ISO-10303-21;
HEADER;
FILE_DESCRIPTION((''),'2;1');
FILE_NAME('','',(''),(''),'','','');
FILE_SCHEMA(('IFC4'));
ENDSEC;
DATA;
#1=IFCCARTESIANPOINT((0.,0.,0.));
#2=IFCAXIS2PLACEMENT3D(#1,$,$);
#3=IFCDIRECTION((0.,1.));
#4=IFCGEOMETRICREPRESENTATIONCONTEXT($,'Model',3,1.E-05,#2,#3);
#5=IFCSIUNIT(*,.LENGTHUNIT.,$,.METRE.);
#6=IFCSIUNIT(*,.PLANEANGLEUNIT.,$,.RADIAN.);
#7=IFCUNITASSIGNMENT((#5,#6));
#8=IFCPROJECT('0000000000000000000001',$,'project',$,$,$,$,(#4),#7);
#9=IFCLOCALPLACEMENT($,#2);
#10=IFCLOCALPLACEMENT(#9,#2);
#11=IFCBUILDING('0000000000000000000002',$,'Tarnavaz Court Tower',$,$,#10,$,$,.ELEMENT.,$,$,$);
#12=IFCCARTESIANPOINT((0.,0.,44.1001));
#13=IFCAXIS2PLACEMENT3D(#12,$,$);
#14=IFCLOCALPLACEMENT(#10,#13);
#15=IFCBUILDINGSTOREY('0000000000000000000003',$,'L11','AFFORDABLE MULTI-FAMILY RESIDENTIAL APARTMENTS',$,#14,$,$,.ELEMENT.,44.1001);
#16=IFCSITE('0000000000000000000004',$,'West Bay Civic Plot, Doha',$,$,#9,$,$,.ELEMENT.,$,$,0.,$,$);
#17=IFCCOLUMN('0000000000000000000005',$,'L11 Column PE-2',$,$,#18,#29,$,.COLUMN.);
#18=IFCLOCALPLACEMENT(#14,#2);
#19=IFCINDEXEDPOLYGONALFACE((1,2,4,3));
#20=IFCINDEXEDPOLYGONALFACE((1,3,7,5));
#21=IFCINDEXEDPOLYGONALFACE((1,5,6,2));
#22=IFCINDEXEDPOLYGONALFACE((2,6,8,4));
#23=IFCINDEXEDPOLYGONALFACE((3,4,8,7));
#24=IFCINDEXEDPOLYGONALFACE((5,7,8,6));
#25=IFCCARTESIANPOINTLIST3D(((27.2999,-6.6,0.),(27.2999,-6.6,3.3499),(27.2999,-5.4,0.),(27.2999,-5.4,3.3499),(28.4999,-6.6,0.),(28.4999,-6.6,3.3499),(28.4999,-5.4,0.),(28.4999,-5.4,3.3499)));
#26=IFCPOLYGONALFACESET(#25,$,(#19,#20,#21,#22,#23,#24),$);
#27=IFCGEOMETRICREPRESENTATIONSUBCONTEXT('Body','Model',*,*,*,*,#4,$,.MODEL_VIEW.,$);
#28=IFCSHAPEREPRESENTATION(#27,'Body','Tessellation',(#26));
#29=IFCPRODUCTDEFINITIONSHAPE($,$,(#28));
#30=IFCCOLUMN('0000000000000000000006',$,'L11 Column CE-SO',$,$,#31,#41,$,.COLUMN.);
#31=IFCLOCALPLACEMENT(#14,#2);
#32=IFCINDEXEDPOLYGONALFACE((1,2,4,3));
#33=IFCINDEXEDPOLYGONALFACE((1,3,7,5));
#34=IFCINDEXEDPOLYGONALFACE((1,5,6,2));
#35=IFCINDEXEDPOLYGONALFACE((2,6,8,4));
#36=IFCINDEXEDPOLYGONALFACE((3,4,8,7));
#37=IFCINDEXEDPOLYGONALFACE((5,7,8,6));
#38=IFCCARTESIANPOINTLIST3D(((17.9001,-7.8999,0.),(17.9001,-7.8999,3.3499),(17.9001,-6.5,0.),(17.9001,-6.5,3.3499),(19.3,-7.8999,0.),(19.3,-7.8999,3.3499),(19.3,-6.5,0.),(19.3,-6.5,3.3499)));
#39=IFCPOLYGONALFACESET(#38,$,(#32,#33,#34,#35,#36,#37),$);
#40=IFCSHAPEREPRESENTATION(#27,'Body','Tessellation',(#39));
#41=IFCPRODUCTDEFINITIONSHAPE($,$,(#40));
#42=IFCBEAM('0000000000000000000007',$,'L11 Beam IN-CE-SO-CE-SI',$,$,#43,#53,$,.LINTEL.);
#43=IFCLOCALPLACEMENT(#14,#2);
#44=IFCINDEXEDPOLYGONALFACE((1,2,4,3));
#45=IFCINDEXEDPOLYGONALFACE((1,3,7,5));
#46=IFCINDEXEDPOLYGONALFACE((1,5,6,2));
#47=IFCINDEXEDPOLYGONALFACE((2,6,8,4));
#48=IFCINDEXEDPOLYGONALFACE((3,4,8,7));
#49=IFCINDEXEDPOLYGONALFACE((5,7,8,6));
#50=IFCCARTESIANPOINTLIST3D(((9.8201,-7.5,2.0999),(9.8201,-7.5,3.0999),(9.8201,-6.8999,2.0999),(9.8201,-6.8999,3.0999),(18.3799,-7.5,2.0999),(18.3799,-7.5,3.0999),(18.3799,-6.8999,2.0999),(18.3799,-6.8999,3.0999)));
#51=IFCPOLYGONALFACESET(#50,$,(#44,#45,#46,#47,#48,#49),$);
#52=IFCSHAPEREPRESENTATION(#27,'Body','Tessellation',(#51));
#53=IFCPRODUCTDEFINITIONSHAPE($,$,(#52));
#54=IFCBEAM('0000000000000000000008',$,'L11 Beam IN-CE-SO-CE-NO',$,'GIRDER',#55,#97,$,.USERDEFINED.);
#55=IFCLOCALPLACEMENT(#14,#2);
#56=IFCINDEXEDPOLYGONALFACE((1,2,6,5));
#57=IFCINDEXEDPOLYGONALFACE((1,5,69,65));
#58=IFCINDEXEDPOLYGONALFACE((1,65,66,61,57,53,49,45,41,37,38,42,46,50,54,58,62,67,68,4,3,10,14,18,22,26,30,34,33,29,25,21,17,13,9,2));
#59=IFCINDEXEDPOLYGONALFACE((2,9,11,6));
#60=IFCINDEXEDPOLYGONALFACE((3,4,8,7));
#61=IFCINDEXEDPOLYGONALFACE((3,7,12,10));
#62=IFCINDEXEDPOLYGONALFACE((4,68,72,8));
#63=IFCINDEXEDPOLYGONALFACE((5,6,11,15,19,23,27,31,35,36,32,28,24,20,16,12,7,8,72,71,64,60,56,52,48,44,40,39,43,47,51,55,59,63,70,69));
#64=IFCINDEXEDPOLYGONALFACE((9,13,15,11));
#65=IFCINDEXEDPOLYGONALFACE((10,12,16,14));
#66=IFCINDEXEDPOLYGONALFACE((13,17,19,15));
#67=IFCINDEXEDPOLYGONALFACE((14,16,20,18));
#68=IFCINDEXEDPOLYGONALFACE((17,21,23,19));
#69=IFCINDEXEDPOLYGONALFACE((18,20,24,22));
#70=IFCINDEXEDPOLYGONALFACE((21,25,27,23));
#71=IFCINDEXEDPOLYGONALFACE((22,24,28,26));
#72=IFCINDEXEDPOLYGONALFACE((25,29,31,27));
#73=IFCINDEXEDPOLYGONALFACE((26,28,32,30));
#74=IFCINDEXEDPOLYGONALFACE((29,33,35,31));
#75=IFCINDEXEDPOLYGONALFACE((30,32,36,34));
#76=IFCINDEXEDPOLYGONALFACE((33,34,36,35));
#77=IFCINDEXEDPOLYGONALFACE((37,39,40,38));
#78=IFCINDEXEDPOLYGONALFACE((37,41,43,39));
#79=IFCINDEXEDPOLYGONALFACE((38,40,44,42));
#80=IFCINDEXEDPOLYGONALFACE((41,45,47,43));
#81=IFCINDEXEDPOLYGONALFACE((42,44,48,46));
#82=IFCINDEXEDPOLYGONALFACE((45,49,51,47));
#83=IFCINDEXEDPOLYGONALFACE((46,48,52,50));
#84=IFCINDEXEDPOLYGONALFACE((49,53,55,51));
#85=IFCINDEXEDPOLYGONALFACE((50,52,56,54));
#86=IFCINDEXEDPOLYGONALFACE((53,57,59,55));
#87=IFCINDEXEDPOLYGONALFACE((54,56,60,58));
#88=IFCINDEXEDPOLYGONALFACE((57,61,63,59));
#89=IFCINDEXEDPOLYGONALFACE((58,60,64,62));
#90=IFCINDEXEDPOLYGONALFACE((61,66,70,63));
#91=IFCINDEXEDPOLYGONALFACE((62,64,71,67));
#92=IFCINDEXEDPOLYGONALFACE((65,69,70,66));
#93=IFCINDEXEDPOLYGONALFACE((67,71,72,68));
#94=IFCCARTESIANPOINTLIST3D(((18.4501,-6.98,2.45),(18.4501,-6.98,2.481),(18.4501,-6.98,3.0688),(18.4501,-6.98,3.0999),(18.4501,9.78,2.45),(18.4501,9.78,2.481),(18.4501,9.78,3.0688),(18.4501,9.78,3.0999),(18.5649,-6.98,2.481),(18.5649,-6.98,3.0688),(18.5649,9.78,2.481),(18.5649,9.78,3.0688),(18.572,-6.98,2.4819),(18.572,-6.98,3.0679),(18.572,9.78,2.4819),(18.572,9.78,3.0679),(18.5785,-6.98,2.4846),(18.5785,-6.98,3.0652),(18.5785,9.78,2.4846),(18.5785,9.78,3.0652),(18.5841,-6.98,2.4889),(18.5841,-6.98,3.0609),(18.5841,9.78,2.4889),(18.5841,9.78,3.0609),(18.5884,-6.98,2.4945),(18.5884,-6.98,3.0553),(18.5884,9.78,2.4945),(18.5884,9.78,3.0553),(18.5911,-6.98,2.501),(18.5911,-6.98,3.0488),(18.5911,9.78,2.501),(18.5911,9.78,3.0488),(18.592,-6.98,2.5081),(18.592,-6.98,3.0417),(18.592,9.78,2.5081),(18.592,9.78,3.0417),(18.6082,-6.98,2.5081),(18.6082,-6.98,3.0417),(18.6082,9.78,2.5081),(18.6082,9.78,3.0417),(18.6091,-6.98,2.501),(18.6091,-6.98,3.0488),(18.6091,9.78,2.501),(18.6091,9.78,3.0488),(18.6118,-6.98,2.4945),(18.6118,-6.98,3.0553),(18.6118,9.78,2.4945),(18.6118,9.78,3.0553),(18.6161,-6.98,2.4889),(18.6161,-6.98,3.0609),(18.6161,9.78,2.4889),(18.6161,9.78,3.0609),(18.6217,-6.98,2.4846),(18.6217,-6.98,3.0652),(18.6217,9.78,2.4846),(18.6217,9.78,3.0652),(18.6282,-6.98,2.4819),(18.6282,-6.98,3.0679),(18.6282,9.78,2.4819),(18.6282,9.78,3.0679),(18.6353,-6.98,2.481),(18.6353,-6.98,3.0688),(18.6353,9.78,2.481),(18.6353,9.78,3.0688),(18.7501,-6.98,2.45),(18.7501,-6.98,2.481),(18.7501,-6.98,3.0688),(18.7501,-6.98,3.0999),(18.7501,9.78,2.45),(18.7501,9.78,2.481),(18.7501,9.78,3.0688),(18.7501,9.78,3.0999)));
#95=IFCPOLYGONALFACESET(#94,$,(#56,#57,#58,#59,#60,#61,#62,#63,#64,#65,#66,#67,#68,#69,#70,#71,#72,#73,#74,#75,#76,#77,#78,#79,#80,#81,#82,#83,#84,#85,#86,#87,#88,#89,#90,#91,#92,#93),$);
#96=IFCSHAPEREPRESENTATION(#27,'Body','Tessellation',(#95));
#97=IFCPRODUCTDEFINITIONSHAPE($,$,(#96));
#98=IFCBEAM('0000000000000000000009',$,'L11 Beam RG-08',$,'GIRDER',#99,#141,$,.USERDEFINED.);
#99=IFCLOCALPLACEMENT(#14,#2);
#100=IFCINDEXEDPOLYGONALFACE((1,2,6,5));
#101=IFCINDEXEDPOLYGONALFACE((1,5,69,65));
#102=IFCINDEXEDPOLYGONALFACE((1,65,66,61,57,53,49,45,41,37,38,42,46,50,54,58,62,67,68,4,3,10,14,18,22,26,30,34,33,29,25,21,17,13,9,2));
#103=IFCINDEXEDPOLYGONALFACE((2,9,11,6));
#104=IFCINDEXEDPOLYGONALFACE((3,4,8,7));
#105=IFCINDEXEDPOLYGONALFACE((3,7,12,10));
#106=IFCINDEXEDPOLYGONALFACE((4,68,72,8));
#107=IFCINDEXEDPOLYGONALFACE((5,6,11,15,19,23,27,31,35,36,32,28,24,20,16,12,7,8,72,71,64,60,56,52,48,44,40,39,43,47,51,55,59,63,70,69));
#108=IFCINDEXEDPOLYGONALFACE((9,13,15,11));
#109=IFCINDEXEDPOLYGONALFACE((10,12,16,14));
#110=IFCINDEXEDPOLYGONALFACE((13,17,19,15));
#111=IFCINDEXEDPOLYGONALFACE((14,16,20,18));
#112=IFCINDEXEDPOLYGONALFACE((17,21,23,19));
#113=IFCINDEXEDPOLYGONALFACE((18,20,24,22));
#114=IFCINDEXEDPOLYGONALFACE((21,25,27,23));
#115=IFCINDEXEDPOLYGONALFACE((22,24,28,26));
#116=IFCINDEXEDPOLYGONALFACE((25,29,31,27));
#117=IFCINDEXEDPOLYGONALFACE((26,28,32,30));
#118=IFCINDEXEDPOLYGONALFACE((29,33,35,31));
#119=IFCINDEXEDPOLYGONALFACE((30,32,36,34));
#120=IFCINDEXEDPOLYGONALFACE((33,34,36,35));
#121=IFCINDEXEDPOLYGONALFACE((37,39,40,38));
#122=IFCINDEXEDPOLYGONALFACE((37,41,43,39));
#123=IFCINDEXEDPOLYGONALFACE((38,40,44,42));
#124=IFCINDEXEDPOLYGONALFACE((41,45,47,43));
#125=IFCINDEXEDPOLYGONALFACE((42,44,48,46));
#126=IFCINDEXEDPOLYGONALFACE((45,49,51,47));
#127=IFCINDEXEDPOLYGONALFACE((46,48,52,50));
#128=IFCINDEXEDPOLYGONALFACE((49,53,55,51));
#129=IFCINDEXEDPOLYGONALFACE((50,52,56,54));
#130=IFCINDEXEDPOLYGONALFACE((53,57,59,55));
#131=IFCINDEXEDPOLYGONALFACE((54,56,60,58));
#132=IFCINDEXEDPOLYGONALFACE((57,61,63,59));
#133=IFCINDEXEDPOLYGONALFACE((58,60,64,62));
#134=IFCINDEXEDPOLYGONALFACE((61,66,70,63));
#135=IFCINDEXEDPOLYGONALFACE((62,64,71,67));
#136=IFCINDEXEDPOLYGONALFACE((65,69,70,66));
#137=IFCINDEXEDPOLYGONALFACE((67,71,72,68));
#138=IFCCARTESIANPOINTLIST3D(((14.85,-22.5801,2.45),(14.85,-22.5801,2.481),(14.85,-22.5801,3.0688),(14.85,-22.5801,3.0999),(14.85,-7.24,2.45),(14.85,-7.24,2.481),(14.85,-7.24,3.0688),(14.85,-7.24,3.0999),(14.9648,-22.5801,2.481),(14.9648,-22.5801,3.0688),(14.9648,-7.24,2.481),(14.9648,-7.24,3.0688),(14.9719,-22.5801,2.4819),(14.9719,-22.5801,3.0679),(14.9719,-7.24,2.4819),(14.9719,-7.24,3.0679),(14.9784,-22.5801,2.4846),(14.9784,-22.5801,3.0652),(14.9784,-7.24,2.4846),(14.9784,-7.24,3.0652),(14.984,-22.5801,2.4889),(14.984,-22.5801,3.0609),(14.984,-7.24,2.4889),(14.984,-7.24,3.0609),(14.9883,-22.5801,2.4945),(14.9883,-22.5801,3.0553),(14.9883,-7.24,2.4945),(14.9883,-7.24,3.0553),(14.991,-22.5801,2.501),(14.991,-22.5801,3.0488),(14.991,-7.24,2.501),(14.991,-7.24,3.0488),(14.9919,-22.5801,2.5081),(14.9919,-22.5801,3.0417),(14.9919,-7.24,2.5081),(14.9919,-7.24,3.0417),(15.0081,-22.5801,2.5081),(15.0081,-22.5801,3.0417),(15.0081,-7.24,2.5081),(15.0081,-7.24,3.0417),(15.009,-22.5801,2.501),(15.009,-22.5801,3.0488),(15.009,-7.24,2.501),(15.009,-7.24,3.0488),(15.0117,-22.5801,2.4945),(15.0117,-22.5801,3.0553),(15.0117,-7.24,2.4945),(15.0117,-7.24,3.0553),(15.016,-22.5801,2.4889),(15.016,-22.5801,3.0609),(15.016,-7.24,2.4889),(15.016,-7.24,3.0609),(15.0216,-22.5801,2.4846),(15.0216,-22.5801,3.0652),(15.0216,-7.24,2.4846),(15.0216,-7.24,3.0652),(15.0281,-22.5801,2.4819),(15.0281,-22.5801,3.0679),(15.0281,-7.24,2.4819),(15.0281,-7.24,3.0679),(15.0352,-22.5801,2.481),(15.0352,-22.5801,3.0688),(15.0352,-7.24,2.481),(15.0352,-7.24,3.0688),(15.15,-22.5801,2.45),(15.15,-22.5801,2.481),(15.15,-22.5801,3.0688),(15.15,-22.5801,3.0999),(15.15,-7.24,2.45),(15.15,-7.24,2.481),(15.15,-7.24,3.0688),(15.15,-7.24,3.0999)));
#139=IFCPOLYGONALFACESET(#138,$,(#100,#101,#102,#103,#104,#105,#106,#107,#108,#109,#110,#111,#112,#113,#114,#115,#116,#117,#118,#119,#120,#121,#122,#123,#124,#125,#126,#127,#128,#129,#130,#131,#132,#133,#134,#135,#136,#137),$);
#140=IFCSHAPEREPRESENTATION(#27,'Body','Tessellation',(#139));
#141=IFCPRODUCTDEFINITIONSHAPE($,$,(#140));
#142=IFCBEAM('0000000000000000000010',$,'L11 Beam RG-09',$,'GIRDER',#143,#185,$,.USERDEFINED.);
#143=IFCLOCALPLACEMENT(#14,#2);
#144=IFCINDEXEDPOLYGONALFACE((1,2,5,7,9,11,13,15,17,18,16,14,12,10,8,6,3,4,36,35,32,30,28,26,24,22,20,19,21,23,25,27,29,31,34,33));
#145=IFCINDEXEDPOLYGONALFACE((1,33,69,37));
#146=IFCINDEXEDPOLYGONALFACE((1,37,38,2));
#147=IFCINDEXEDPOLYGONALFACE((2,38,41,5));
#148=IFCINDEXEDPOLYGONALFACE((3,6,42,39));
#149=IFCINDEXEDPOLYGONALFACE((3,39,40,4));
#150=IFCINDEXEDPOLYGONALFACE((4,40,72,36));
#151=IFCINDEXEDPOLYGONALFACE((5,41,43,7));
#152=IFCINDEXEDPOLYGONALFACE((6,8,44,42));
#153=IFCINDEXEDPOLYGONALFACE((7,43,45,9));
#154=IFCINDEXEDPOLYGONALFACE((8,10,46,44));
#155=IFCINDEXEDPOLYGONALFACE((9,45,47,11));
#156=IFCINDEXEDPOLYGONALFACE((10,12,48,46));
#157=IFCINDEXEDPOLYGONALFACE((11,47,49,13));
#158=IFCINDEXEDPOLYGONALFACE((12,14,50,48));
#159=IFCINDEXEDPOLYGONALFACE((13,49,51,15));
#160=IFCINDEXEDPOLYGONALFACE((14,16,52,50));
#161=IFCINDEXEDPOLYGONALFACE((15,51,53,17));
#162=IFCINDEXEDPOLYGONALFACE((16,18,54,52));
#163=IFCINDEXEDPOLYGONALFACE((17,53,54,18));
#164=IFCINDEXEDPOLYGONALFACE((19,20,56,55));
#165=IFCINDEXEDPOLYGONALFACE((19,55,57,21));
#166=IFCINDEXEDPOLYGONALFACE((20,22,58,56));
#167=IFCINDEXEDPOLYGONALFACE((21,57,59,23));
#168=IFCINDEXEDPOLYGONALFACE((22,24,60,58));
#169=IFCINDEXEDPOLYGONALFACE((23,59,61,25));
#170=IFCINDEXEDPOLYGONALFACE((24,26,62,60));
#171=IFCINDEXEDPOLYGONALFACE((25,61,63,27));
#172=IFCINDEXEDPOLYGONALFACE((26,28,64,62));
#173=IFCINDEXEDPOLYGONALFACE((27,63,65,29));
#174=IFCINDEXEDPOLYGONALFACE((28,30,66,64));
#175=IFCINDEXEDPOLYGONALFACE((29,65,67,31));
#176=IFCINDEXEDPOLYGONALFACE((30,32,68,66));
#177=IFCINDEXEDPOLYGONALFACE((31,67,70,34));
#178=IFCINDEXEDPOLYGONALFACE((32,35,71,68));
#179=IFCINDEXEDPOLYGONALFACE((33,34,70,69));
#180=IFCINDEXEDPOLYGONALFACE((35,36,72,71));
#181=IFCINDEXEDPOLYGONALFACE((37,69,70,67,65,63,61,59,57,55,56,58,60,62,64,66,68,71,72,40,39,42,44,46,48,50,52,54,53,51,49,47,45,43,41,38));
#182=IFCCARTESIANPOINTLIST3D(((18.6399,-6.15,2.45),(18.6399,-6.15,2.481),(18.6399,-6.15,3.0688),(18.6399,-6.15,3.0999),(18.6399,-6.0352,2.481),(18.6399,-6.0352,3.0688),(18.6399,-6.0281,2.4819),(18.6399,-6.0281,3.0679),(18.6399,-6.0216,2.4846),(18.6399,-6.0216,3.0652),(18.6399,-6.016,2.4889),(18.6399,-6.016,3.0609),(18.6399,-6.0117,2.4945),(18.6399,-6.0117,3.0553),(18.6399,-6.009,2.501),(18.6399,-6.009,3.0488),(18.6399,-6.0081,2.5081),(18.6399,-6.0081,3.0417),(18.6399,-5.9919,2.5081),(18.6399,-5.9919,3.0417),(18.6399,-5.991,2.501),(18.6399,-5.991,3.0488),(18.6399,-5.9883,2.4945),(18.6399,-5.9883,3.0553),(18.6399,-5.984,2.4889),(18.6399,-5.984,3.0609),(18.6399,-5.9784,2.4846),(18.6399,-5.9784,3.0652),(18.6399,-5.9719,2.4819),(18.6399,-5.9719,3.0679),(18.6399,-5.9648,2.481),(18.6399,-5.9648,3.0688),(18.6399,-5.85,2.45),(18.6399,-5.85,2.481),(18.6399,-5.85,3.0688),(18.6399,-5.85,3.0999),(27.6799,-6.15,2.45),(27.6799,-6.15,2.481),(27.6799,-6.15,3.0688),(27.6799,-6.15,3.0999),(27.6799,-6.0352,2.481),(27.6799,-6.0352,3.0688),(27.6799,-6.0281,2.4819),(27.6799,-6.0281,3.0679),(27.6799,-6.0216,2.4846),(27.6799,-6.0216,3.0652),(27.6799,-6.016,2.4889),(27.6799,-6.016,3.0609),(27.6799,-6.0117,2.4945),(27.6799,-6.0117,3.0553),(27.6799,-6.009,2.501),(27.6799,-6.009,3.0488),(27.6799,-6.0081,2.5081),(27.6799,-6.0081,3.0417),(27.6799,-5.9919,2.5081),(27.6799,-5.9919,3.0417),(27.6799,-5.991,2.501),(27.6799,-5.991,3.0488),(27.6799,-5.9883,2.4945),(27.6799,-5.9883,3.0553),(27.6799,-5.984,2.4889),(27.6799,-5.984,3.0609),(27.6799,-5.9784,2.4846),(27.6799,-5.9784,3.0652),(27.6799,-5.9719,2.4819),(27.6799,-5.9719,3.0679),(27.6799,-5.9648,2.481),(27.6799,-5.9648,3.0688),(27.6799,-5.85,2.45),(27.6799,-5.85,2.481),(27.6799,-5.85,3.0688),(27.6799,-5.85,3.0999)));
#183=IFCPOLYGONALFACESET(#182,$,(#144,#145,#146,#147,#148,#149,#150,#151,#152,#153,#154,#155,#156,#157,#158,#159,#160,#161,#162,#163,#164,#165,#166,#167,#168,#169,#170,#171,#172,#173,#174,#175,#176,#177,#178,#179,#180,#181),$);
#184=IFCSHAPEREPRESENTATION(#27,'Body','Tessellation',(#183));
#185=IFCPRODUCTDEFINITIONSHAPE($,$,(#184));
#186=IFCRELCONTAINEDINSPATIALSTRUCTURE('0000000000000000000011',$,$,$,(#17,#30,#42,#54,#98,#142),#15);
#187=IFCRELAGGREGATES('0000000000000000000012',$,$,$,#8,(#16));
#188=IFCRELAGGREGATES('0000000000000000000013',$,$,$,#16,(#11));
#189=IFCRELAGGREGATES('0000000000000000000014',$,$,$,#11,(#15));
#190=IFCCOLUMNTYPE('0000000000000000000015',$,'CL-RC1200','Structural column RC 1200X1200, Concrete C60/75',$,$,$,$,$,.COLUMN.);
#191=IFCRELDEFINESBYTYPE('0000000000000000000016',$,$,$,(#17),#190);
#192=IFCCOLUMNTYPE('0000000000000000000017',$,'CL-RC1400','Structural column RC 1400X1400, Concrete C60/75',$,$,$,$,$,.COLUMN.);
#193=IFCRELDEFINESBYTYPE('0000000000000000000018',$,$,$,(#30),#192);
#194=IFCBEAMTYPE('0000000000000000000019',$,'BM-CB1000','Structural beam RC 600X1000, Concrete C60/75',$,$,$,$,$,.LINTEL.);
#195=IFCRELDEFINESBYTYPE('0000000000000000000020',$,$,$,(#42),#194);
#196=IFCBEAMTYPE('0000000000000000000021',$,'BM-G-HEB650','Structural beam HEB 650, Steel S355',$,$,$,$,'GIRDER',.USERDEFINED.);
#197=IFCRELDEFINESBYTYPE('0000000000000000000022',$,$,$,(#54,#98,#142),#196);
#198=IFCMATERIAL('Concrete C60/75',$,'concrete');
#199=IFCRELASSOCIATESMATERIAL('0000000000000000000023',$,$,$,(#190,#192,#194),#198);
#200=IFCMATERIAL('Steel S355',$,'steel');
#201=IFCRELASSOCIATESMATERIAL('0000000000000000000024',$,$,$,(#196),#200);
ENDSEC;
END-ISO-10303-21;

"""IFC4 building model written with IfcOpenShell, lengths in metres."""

from ifc_helpers import new_model, si_unit, direction, frame, origin, origin_2d, place, context, subcontext, project, spatial, rectangle, i_section, extrude, material, material_profile, profile_set, type_object, element, save


model = new_model("IFC4")

# Units and contexts
model_context = context("Model", 3, precision=1e-05, world=origin(), true_north=direction((0.0, 1.0)))
body_context = subcontext(model_context, "Body", "Model", "MODEL_VIEW")
ifc_project = project(units=[si_unit("LENGTHUNIT", "METRE"), si_unit("PLANEANGLEUNIT", "RADIAN")], contexts=[model_context])

# Site, building, storey
site_placement = place(None, origin())
site = spatial("IfcSite", under=ifc_project, at=site_placement, Name="West Bay Civic Plot, Doha", CompositionType="ELEMENT", RefElevation=0.0)
building_placement = place(site_placement, origin())
building = spatial("IfcBuilding", under=site, at=building_placement, Name="Tarnavaz Court Tower", CompositionType="ELEMENT")
storey_placement = place(building_placement, frame((0.0, 0.0, 44.1001)))
storey = spatial("IfcBuildingStorey", under=building, at=storey_placement, Name="L11", Description="AFFORDABLE MULTI-FAMILY RESIDENTIAL APARTMENTS", CompositionType="ELEMENT", Elevation=44.1001)

# Columns
ifc_material_1 = material(Name="Concrete C60/75", Category="concrete")
ifc_material_profile_1 = material_profile(ifc_material_1, rectangle(XDim=1.2, YDim=1.2, at=origin_2d()), Name="RC 1200X1200")
ifc_profile_set_1 = profile_set([ifc_material_profile_1], Name="Concrete C60/75")
column_type_1 = type_object("IfcColumnType", Name="CL-RC1200", Description="Structural column RC 1200X1200, Concrete C60/75", PredefinedType="COLUMN", material=ifc_profile_set_1)
column_1_placement = place(storey_placement, frame((27.8999, -6.0, 0.0), z_axis=(0.0, 0.0, 1.0), x_axis=(1.0, 0.0, 0.0)))
element("IfcColumn", 1, at=column_1_placement, inside=storey, type_object=column_type_1, Name="L11 Column PE-2", PredefinedType="COLUMN", context=body_context, shape_type="SweptSolid", body=[
    extrude(rectangle(XDim=1.2, YDim=1.2, at=origin_2d()), origin(), (0.0, 0.0, 1.0), 3.3499),
])
ifc_material_profile_2 = material_profile(ifc_material_1, rectangle(XDim=1.3999, YDim=1.3999, at=origin_2d()), Name="RC 1400X1400")
ifc_profile_set_2 = profile_set([ifc_material_profile_2], Name="Concrete C60/75")
column_type_2 = type_object("IfcColumnType", Name="CL-RC1400", Description="Structural column RC 1400X1400, Concrete C60/75", PredefinedType="COLUMN", material=ifc_profile_set_2)
column_2_placement = place(storey_placement, frame((18.6001, -7.2, 0.0), z_axis=(0.0, 0.0, 1.0), x_axis=(1.0, 0.0, 0.0)))
element("IfcColumn", 2, at=column_2_placement, inside=storey, type_object=column_type_2, Name="L11 Column CE-SO", PredefinedType="COLUMN", context=body_context, shape_type="SweptSolid", body=[
    extrude(rectangle(XDim=1.3999, YDim=1.3999, at=origin_2d()), origin(), (0.0, 0.0, 1.0), 3.3499),
])

# Beams
ifc_material_profile_3 = material_profile(ifc_material_1, rectangle(XDim=0.6001, YDim=1.0, at=origin_2d()), Name="RC 600X1000")
ifc_profile_set_3 = profile_set([ifc_material_profile_3], Name="Concrete C60/75")
beam_type_1 = type_object("IfcBeamType", Name="BM-CB1000", Description="Structural beam RC 600X1000, Concrete C60/75", PredefinedType="LINTEL", material=ifc_profile_set_3)
beam_1_placement = place(storey_placement, frame((18.3799, -7.2, 2.5999), z_axis=(-1.0, 0.0, 0.0), x_axis=(0.0, -1.0, 0.0)))
element("IfcBeam", 3, at=beam_1_placement, inside=storey, type_object=beam_type_1, Name="L11 Beam IN-CE-SO-CE-SI", PredefinedType="LINTEL", context=body_context, shape_type="SweptSolid", body=[
    extrude(rectangle(XDim=0.6001, YDim=1.0, at=origin_2d()), origin(), (0.0, 0.0, 1.0), 8.5598),
])
ifc_material_2 = material(Name="Steel S355", Category="steel")
ifc_material_profile_4 = material_profile(ifc_material_2, i_section(OverallWidth=0.3, OverallDepth=0.6499, WebThickness=0.0161, FlangeThickness=0.031, FilletRadius=0.0271, at=origin_2d()), Name="HEB 650")
ifc_profile_set_4 = profile_set([ifc_material_profile_4], Name="Steel S355")
beam_type_2 = type_object("IfcBeamType", Name="BM-G-HEB650", Description="Structural beam HEB 650, Steel S355", ElementType="GIRDER", PredefinedType="USERDEFINED", material=ifc_profile_set_4)
beam_2_placement = place(storey_placement, frame((18.6001, -6.98, 2.7749), z_axis=(0.0, 1.0, 0.0), x_axis=(-1.0, 0.0, 0.0)))
element("IfcBeam", 4, at=beam_2_placement, inside=storey, type_object=beam_type_2, Name="L11 Beam IN-CE-SO-CE-NO", ObjectType="GIRDER", PredefinedType="USERDEFINED", context=body_context, shape_type="SweptSolid", body=[
    extrude(i_section(OverallWidth=0.3, OverallDepth=0.6499, WebThickness=0.0161, FlangeThickness=0.031, FilletRadius=0.0271, at=origin_2d()), origin(), (0.0, 0.0, 1.0), 16.76),
])
beam_3_placement = place(storey_placement, frame((15.0, -7.24, 2.7749), z_axis=(0.0, -1.0, 0.0), x_axis=(1.0, 0.0, 0.0)))
element("IfcBeam", 5, at=beam_3_placement, inside=storey, type_object=beam_type_2, Name="L11 Beam RG-08", ObjectType="GIRDER", PredefinedType="USERDEFINED", context=body_context, shape_type="SweptSolid", body=[
    extrude(i_section(OverallWidth=0.3, OverallDepth=0.6499, WebThickness=0.0161, FlangeThickness=0.031, FilletRadius=0.0271, at=origin_2d()), origin(), (0.0, 0.0, 1.0), 15.3401),
])
beam_4_placement = place(storey_placement, frame((18.6399, -6.0, 2.7749), z_axis=(1.0, 0.0, 0.0), x_axis=(0.0, 1.0, 0.0)))
element("IfcBeam", 6, at=beam_4_placement, inside=storey, type_object=beam_type_2, Name="L11 Beam RG-09", ObjectType="GIRDER", PredefinedType="USERDEFINED", context=body_context, shape_type="SweptSolid", body=[
    extrude(i_section(OverallWidth=0.3, OverallDepth=0.6499, WebThickness=0.0161, FlangeThickness=0.031, FilletRadius=0.0271, at=origin_2d()), origin(), (0.0, 0.0, 1.0), 9.04),
])

save(model, "model.ifc")
